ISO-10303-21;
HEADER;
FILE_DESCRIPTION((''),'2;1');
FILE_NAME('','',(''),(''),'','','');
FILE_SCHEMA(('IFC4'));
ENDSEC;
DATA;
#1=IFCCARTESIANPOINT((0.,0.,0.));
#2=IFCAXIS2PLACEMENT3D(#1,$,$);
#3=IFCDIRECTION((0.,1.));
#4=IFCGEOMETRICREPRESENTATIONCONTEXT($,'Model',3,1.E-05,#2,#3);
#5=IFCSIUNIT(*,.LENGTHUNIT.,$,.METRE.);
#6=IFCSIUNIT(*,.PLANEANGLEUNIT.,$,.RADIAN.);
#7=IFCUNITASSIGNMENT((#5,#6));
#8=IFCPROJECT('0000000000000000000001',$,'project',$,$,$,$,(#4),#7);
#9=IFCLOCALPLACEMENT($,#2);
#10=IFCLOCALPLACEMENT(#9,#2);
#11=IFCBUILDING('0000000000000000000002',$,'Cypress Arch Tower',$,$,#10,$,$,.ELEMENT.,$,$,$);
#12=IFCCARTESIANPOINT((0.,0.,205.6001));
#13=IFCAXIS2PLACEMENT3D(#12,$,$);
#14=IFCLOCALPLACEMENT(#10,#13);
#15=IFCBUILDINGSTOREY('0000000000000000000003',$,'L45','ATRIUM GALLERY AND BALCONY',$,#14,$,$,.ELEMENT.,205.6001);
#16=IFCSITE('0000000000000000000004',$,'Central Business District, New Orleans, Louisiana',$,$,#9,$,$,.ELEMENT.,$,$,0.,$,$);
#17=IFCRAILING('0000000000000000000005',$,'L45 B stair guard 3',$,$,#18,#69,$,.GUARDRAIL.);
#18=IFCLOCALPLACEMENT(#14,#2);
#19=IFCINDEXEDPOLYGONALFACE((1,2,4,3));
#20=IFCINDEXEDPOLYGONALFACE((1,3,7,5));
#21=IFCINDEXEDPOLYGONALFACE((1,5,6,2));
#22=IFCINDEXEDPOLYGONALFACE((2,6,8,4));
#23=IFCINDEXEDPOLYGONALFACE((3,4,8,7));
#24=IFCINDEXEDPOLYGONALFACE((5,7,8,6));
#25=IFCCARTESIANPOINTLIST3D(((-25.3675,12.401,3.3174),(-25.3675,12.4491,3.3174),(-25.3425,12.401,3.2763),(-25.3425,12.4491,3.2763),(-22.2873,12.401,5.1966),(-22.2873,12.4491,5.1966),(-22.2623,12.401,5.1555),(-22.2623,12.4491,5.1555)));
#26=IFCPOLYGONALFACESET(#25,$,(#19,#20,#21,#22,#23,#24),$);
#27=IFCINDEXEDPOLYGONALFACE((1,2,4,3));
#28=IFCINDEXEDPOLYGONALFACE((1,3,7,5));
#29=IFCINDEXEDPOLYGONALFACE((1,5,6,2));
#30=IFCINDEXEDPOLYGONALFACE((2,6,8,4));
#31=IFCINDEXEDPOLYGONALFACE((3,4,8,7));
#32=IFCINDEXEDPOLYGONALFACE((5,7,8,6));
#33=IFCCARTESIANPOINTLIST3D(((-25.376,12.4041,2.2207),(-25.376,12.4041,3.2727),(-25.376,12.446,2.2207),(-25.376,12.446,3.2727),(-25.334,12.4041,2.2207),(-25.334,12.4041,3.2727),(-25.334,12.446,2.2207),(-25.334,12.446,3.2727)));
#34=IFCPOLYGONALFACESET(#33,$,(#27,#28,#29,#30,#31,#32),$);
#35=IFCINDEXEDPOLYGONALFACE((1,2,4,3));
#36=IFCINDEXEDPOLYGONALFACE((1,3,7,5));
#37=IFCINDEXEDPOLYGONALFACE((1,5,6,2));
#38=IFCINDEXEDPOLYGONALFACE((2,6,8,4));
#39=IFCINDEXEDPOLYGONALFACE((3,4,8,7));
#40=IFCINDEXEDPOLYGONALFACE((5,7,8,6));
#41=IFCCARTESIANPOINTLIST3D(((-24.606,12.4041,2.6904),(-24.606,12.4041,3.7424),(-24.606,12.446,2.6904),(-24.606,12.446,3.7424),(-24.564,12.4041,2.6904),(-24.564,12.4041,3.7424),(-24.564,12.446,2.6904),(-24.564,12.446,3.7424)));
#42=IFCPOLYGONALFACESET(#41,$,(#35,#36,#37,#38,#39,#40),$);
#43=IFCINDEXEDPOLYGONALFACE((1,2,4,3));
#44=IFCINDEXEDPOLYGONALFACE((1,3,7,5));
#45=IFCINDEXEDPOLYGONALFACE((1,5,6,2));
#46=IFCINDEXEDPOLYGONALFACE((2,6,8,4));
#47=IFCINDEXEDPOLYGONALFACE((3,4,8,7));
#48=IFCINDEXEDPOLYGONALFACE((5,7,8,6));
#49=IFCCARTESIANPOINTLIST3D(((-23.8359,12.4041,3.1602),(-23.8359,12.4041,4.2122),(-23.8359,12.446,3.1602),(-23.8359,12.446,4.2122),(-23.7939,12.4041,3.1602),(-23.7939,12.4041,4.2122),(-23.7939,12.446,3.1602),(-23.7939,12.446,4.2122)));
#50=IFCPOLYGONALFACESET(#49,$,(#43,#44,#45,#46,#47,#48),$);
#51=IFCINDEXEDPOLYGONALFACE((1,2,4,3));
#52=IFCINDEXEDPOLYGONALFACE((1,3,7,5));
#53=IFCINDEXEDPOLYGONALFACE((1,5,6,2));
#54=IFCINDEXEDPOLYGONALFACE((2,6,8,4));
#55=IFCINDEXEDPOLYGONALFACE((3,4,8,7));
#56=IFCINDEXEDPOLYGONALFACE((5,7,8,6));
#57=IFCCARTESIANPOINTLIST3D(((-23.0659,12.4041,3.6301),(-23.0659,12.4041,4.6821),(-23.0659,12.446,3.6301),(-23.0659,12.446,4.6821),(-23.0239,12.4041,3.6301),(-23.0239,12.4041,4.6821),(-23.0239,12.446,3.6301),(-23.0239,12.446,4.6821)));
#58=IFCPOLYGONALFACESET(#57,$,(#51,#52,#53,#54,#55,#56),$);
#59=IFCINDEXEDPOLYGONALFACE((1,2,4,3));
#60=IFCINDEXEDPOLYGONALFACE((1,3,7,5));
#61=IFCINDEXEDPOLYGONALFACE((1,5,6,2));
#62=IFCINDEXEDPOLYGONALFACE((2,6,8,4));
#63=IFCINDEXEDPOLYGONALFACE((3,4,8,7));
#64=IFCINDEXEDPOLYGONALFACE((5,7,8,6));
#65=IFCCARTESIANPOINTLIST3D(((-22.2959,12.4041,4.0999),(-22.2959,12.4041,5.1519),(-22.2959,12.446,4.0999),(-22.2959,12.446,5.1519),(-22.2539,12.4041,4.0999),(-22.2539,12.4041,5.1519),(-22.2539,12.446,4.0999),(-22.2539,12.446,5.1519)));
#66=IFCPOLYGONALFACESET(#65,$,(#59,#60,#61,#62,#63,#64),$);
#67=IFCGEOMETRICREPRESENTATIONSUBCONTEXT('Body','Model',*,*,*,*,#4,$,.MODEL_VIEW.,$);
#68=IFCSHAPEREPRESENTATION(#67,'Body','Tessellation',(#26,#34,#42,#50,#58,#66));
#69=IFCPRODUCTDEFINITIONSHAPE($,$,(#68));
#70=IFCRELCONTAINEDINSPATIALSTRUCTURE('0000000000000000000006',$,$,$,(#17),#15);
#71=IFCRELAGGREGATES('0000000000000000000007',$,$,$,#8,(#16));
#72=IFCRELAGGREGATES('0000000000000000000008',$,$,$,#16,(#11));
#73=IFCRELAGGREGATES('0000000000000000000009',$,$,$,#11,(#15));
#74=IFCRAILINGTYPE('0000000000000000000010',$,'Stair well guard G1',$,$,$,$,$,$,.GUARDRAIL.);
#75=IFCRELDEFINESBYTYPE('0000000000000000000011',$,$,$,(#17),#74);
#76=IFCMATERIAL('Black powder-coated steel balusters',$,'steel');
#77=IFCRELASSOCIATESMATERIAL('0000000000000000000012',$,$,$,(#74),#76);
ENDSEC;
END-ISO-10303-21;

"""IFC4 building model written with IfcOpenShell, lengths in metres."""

from ifc_helpers import new_model, si_unit, direction, frame, origin, origin_2d, place, context, subcontext, project, spatial, rectangle, extrude, material, type_object, element, save


model = new_model("IFC4")

# Units and contexts
model_context = context("Model", 3, precision=1e-05, world=origin(), true_north=direction((0.0, 1.0)))
body_context = subcontext(model_context, "Body", "Model", "MODEL_VIEW")
ifc_project = project(units=[si_unit("LENGTHUNIT", "METRE"), si_unit("PLANEANGLEUNIT", "RADIAN")], contexts=[model_context])

# Site, building, storey
site_placement = place(None, origin())
site = spatial("IfcSite", under=ifc_project, at=site_placement, Name="Central Business District, New Orleans, Louisiana", CompositionType="ELEMENT", RefElevation=0.0)
building_placement = place(site_placement, origin())
building = spatial("IfcBuilding", under=site, at=building_placement, Name="Cypress Arch Tower", CompositionType="ELEMENT")
storey_placement = place(building_placement, frame((0.0, 0.0, 205.6001)))
storey = spatial("IfcBuildingStorey", under=building, at=storey_placement, Name="L45", Description="ATRIUM GALLERY AND BALCONY", CompositionType="ELEMENT", Elevation=205.6001)

# Railing
ifc_material_1 = material(Name="Black powder-coated steel balusters", Category="steel")
railing_type_1 = type_object("IfcRailingType", Name="Stair well guard G1", PredefinedType="GUARDRAIL", material=ifc_material_1)
railing_1_placement = place(storey_placement, frame((-25.355, 12.425, 2.2207)))
element("IfcRailing", 1, at=railing_1_placement, inside=storey, type_object=railing_type_1, Name="L45 B stair guard 3", PredefinedType="GUARDRAIL", context=body_context, shape_type="SweptSolid", body=[
    extrude(rectangle(XDim=0.0481, YDim=0.0481, at=origin_2d()), frame((0.0, 0.0, 1.0762), z_axis=(0.853666, 0.0, 0.52082), x_axis=(0.0, 1.0, 0.0)), (0.0, 0.0, 1.0), 3.6082),
    extrude(rectangle(XDim=0.042, YDim=0.042, at=origin_2d()), origin(), (0.0, 0.0, 1.0), 1.052),
    extrude(rectangle(XDim=0.042, YDim=0.042, at=origin_2d()), frame((0.77, 0.0, 0.4697)), (0.0, 0.0, 1.0), 1.052),
    extrude(rectangle(XDim=0.042, YDim=0.042, at=origin_2d()), frame((1.54, 0.0, 0.9395)), (0.0, 0.0, 1.0), 1.052),
    extrude(rectangle(XDim=0.042, YDim=0.042, at=origin_2d()), frame((2.3101, 0.0, 1.4094)), (0.0, 0.0, 1.0), 1.052),
    extrude(rectangle(XDim=0.042, YDim=0.042, at=origin_2d()), frame((3.0801, 0.0, 1.8792)), (0.0, 0.0, 1.0), 1.052),
])

save(model, "model.ifc")
